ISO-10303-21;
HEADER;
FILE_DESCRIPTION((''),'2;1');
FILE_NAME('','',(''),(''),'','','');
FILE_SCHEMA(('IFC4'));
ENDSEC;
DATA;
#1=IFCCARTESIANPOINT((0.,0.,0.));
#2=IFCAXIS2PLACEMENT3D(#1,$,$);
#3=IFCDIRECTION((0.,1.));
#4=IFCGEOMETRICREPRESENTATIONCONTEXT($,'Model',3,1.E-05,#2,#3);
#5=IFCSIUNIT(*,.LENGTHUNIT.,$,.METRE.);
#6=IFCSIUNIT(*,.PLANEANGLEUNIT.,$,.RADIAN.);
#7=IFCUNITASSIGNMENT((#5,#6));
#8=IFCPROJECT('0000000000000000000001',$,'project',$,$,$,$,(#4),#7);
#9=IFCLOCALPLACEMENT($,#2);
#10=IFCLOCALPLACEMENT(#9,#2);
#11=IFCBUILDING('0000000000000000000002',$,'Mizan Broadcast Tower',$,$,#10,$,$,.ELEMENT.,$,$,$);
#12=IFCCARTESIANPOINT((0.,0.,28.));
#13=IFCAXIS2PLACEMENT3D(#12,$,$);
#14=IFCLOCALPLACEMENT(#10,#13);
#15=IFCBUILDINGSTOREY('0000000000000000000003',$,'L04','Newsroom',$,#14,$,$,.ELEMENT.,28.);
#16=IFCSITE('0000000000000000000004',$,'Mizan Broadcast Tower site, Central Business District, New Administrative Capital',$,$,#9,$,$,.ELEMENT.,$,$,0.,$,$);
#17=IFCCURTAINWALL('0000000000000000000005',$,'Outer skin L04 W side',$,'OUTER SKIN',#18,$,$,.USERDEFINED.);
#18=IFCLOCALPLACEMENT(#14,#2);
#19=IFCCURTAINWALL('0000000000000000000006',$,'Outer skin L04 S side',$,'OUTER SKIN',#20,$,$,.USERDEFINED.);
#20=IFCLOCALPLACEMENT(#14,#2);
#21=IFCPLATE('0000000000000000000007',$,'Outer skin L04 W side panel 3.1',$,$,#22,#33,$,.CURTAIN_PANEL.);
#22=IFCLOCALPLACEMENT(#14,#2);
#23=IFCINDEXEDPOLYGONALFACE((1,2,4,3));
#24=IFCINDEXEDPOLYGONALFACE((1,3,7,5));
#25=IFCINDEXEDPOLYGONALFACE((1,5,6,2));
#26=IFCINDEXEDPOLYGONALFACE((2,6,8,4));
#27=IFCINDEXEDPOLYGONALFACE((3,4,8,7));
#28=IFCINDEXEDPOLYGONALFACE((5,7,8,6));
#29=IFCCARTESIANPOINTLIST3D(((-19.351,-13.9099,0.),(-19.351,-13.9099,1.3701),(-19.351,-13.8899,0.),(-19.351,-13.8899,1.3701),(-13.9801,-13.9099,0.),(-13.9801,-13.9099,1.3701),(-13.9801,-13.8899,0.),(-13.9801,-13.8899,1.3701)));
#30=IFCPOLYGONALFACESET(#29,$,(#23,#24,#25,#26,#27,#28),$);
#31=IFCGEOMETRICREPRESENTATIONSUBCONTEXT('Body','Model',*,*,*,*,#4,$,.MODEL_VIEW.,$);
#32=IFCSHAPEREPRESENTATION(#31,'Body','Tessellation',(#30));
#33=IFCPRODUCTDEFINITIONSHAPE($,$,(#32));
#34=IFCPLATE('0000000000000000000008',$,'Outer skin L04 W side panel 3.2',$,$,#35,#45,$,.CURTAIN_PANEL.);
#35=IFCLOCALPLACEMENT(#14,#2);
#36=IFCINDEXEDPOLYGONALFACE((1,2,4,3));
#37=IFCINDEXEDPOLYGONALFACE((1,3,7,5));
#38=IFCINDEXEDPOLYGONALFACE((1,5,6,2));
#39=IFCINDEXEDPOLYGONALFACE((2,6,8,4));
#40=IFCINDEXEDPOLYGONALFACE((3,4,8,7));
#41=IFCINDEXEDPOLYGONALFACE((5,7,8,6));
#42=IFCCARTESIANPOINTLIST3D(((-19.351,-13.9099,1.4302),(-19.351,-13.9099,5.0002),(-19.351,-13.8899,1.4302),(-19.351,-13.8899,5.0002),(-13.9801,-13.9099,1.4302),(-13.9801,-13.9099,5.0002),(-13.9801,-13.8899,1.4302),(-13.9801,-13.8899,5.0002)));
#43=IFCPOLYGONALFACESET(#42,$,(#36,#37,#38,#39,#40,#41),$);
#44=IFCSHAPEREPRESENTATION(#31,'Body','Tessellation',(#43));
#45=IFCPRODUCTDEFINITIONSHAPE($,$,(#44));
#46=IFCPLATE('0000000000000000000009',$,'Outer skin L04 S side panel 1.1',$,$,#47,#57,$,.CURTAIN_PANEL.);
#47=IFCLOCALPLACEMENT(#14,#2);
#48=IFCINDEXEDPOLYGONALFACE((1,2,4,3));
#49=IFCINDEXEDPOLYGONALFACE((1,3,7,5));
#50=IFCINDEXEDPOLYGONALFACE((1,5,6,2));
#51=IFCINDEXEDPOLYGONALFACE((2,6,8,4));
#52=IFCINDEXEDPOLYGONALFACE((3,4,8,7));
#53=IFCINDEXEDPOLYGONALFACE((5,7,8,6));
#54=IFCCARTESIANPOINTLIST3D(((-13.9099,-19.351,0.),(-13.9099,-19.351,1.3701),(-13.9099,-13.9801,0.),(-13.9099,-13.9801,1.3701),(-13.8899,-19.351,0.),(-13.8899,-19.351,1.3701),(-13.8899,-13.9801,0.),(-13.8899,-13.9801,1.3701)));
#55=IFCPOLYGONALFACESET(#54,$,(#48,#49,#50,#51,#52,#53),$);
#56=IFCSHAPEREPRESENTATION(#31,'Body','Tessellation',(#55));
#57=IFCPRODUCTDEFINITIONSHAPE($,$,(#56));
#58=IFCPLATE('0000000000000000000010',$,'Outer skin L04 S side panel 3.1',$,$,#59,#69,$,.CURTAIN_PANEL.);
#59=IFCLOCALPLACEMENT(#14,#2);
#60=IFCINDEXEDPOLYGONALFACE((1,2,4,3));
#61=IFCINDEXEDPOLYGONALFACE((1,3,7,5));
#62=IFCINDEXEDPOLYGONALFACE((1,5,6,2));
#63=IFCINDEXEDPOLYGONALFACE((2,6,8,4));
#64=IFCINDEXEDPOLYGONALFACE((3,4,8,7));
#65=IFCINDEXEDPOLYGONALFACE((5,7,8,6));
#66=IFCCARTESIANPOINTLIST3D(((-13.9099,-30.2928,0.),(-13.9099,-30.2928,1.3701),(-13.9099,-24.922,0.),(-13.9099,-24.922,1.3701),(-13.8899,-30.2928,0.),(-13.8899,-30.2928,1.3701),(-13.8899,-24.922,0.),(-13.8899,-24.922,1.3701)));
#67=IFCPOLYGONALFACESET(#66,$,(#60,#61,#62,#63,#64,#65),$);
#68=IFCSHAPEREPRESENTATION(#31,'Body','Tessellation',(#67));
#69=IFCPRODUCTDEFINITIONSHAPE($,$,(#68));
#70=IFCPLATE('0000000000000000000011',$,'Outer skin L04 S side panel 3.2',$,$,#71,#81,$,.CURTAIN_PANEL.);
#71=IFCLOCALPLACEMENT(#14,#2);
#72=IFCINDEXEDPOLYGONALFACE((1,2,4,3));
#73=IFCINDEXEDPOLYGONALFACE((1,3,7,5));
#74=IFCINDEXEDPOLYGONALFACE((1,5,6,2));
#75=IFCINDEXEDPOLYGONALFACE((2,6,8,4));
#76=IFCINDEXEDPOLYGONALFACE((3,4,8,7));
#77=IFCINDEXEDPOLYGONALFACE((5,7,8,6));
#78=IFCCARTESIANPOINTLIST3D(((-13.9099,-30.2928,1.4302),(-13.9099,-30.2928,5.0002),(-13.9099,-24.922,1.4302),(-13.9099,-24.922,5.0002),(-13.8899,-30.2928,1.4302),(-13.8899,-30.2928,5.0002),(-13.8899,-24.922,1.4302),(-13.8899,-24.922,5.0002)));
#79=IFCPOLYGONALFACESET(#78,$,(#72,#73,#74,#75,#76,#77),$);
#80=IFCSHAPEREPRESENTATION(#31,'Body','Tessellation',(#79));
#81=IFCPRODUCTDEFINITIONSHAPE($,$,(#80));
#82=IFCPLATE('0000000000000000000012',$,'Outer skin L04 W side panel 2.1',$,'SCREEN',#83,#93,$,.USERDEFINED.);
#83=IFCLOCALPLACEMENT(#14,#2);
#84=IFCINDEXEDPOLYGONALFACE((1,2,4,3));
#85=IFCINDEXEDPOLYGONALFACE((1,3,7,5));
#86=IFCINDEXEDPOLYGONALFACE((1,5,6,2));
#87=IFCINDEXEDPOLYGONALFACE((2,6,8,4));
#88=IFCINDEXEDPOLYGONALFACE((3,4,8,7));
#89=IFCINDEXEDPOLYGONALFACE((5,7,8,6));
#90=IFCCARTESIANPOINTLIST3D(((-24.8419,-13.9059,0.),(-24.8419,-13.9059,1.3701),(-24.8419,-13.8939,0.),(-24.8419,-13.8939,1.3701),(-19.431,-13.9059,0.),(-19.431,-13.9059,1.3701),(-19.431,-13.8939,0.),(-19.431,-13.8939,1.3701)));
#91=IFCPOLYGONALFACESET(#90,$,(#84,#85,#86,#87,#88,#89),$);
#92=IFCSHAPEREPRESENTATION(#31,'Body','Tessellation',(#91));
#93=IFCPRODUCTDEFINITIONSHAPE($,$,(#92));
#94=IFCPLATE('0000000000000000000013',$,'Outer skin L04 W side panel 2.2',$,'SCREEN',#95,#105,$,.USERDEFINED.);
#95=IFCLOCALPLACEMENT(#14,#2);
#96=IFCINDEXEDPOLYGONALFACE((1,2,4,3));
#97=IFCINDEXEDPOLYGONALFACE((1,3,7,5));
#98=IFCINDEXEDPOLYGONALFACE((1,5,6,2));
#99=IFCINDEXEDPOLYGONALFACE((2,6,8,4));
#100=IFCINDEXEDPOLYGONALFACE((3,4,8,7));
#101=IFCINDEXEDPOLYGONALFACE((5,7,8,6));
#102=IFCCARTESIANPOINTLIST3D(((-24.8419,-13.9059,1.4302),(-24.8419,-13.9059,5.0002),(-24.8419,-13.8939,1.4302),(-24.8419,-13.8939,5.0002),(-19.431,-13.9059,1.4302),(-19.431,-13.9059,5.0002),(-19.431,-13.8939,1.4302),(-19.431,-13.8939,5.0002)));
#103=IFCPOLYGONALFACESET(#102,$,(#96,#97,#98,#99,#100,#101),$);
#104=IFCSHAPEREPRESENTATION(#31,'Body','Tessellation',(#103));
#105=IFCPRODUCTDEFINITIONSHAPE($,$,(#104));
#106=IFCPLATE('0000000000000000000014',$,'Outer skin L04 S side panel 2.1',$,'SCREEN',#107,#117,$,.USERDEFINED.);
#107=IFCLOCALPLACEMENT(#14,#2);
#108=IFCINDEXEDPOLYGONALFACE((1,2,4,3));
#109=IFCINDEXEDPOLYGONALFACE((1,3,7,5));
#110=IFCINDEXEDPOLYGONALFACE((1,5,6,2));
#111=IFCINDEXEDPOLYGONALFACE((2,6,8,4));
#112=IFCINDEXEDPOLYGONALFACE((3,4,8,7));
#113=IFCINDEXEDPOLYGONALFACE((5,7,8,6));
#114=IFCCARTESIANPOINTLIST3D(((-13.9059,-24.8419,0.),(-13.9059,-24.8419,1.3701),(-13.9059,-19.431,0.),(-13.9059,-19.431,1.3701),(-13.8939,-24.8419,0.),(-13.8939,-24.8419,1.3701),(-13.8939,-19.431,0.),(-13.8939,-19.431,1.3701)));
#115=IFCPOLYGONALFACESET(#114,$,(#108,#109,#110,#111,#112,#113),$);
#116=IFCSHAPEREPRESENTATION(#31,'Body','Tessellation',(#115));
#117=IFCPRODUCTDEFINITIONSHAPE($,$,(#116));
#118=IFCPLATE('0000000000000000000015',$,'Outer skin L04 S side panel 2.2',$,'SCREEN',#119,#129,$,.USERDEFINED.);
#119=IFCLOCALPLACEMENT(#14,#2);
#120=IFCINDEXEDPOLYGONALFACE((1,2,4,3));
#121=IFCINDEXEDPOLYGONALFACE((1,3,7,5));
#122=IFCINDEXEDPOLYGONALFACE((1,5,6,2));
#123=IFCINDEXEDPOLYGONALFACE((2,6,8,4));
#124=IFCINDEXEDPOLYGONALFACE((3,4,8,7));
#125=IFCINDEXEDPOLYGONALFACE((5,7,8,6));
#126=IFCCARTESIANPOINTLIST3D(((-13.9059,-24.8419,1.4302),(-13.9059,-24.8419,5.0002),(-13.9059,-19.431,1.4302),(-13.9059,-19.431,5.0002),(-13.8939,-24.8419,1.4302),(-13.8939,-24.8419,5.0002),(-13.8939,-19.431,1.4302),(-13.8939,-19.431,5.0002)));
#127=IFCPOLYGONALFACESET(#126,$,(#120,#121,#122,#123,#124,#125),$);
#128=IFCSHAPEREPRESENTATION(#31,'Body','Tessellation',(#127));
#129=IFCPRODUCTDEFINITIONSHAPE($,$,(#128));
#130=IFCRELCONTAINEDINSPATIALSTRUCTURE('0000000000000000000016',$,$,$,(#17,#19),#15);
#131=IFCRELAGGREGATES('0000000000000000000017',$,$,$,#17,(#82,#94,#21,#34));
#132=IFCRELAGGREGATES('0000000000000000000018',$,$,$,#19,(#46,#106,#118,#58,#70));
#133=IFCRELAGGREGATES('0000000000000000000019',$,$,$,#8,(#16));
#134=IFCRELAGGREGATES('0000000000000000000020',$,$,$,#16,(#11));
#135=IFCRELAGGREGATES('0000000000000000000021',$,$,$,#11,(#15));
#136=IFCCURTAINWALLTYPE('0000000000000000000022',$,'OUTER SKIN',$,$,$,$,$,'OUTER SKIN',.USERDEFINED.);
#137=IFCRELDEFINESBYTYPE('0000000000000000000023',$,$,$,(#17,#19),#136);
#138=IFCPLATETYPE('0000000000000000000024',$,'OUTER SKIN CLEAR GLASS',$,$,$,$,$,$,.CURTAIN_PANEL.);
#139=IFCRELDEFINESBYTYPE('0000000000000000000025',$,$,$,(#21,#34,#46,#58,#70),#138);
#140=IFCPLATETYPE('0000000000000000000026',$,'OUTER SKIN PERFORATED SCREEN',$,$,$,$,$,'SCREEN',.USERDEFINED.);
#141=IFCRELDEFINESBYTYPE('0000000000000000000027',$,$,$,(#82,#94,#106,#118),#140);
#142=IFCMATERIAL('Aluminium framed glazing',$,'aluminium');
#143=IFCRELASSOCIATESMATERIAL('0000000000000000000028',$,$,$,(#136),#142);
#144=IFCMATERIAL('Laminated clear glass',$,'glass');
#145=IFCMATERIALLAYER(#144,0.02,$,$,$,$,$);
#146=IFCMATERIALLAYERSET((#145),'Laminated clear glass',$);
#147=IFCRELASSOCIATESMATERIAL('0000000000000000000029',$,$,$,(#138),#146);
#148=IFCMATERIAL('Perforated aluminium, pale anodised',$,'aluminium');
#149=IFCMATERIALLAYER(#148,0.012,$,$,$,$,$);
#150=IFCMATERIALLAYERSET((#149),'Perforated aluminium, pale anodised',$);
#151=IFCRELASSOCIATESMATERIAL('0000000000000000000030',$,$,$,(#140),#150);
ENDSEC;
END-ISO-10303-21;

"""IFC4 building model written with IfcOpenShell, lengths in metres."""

from ifc_helpers import new_model, si_unit, direction, frame, origin, origin_2d, place, context, subcontext, project, spatial, rectangle, extrude, material, layer, layer_set, type_object, element, aggregate, save


model = new_model("IFC4")

# Units and contexts
model_context = context("Model", 3, precision=1e-05, world=origin(), true_north=direction((0.0, 1.0)))
body_context = subcontext(model_context, "Body", "Model", "MODEL_VIEW")
ifc_project = project(units=[si_unit("LENGTHUNIT", "METRE"), si_unit("PLANEANGLEUNIT", "RADIAN")], contexts=[model_context])

# Site, building, storey
site_placement = place(None, origin())
site = spatial("IfcSite", under=ifc_project, at=site_placement, Name="Mizan Broadcast Tower site, Central Business District, New Administrative Capital", CompositionType="ELEMENT", RefElevation=0.0)
building_placement = place(site_placement, origin())
building = spatial("IfcBuilding", under=site, at=building_placement, Name="Mizan Broadcast Tower", CompositionType="ELEMENT")
storey_placement = place(building_placement, frame((0.0, 0.0, 28.0)))
storey = spatial("IfcBuildingStorey", under=building, at=storey_placement, Name="L04", Description="Newsroom", CompositionType="ELEMENT", Elevation=28.0)

# Shared definitions
ifc_material_1 = material(Name="Aluminium framed glazing", Category="aluminium")
curtain_wall_type = type_object("IfcCurtainWallType", Name="OUTER SKIN", ElementType="OUTER SKIN", PredefinedType="USERDEFINED", material=ifc_material_1)

# Curtain walls
curtain_wall_1_placement = place(storey_placement, origin())
curtain_wall_1 = element("IfcCurtainWall", 1, at=curtain_wall_1_placement, inside=storey, type_object=curtain_wall_type, Name="Outer skin L04 W side", ObjectType="OUTER SKIN", PredefinedType="USERDEFINED")
curtain_wall_2_placement = place(storey_placement, origin())
curtain_wall_2 = element("IfcCurtainWall", 2, at=curtain_wall_2_placement, inside=storey, type_object=curtain_wall_type, Name="Outer skin L04 S side", ObjectType="OUTER SKIN", PredefinedType="USERDEFINED")

# Plates
ifc_material_2 = material(Name="Laminated clear glass", Category="glass")
ifc_layer_1 = layer(ifc_material_2, 0.02)
ifc_layer_set_1 = layer_set([ifc_layer_1], Name="Laminated clear glass")
plate_type_1 = type_object("IfcPlateType", Name="OUTER SKIN CLEAR GLASS", PredefinedType="CURTAIN_PANEL", material=ifc_layer_set_1)
plate_1_placement = place(storey_placement, frame((-16.6655, -13.8999, 0.0), z_axis=(0.0, 0.0, 1.0), x_axis=(1.0, 0.0, 0.0)))
plate_1 = element("IfcPlate", 3, at=plate_1_placement, type_object=plate_type_1, Name="Outer skin L04 W side panel 3.1", PredefinedType="CURTAIN_PANEL", context=body_context, shape_type="SweptSolid", body=[
    extrude(rectangle(XDim=5.3708, YDim=0.02, at=origin_2d()), origin(), (0.0, 0.0, 1.0), 1.3701),
])
plate_2_placement = place(storey_placement, frame((-16.6655, -13.8999, 1.4302), z_axis=(0.0, 0.0, 1.0), x_axis=(1.0, 0.0, 0.0)))
plate_2 = element("IfcPlate", 4, at=plate_2_placement, type_object=plate_type_1, Name="Outer skin L04 W side panel 3.2", PredefinedType="CURTAIN_PANEL", context=body_context, shape_type="SweptSolid", body=[
    extrude(rectangle(XDim=5.3708, YDim=0.02, at=origin_2d()), origin(), (0.0, 0.0, 1.0), 3.5701),
])
plate_3_placement = place(storey_placement, frame((-13.8999, -16.6655, 0.0), z_axis=(0.0, 0.0, 1.0), x_axis=(0.0, -1.0, 0.0)))
plate_3 = element("IfcPlate", 5, at=plate_3_placement, type_object=plate_type_1, Name="Outer skin L04 S side panel 1.1", PredefinedType="CURTAIN_PANEL", context=body_context, shape_type="SweptSolid", body=[
    extrude(rectangle(XDim=5.3708, YDim=0.02, at=origin_2d()), origin(), (0.0, 0.0, 1.0), 1.3701),
])
plate_4_placement = place(storey_placement, frame((-13.8999, -27.6074, 0.0), z_axis=(0.0, 0.0, 1.0), x_axis=(0.0, -1.0, 0.0)))
plate_4 = element("IfcPlate", 6, at=plate_4_placement, type_object=plate_type_1, Name="Outer skin L04 S side panel 3.1", PredefinedType="CURTAIN_PANEL", context=body_context, shape_type="SweptSolid", body=[
    extrude(rectangle(XDim=5.3708, YDim=0.02, at=origin_2d()), origin(), (0.0, 0.0, 1.0), 1.3701),
])
plate_5_placement = place(storey_placement, frame((-13.8999, -27.6074, 1.4302), z_axis=(0.0, 0.0, 1.0), x_axis=(0.0, -1.0, 0.0)))
plate_5 = element("IfcPlate", 7, at=plate_5_placement, type_object=plate_type_1, Name="Outer skin L04 S side panel 3.2", PredefinedType="CURTAIN_PANEL", context=body_context, shape_type="SweptSolid", body=[
    extrude(rectangle(XDim=5.3708, YDim=0.02, at=origin_2d()), origin(), (0.0, 0.0, 1.0), 3.5701),
])
ifc_material_3 = material(Name="Perforated aluminium, pale anodised", Category="aluminium")
ifc_layer_2 = layer(ifc_material_3, 0.012)
ifc_layer_set_2 = layer_set([ifc_layer_2], Name="Perforated aluminium, pale anodised")
plate_type_2 = type_object("IfcPlateType", Name="OUTER SKIN PERFORATED SCREEN", ElementType="SCREEN", PredefinedType="USERDEFINED", material=ifc_layer_set_2)
plate_6_placement = place(storey_placement, frame((-22.1365, -13.8999, 0.0), z_axis=(0.0, 0.0, 1.0), x_axis=(1.0, 0.0, 0.0)))
plate_6 = element("IfcPlate", 8, at=plate_6_placement, type_object=plate_type_2, Name="Outer skin L04 W side panel 2.1", ObjectType="SCREEN", PredefinedType="USERDEFINED", context=body_context, shape_type="SweptSolid", body=[
    extrude(rectangle(XDim=5.4109, YDim=0.012, at=origin_2d()), origin(), (0.0, 0.0, 1.0), 1.3701),
])
plate_7_placement = place(storey_placement, frame((-22.1365, -13.8999, 1.4302), z_axis=(0.0, 0.0, 1.0), x_axis=(1.0, 0.0, 0.0)))
plate_7 = element("IfcPlate", 9, at=plate_7_placement, type_object=plate_type_2, Name="Outer skin L04 W side panel 2.2", ObjectType="SCREEN", PredefinedType="USERDEFINED", context=body_context, shape_type="SweptSolid", body=[
    extrude(rectangle(XDim=5.4109, YDim=0.012, at=origin_2d()), origin(), (0.0, 0.0, 1.0), 3.5701),
])
aggregate(curtain_wall_1, [plate_6, plate_7, plate_1, plate_2])
plate_8_placement = place(storey_placement, frame((-13.8999, -22.1365, 0.0), z_axis=(0.0, 0.0, 1.0), x_axis=(0.0, -1.0, 0.0)))
plate_8 = element("IfcPlate", 10, at=plate_8_placement, type_object=plate_type_2, Name="Outer skin L04 S side panel 2.1", ObjectType="SCREEN", PredefinedType="USERDEFINED", context=body_context, shape_type="SweptSolid", body=[
    extrude(rectangle(XDim=5.4109, YDim=0.012, at=origin_2d()), origin(), (0.0, 0.0, 1.0), 1.3701),
])
plate_9_placement = place(storey_placement, frame((-13.8999, -22.1365, 1.4302), z_axis=(0.0, 0.0, 1.0), x_axis=(0.0, -1.0, 0.0)))
plate_9 = element("IfcPlate", 11, at=plate_9_placement, type_object=plate_type_2, Name="Outer skin L04 S side panel 2.2", ObjectType="SCREEN", PredefinedType="USERDEFINED", context=body_context, shape_type="SweptSolid", body=[
    extrude(rectangle(XDim=5.4109, YDim=0.012, at=origin_2d()), origin(), (0.0, 0.0, 1.0), 3.5701),
])
aggregate(curtain_wall_2, [plate_3, plate_8, plate_9, plate_4, plate_5])

save(model, "model.ifc")
